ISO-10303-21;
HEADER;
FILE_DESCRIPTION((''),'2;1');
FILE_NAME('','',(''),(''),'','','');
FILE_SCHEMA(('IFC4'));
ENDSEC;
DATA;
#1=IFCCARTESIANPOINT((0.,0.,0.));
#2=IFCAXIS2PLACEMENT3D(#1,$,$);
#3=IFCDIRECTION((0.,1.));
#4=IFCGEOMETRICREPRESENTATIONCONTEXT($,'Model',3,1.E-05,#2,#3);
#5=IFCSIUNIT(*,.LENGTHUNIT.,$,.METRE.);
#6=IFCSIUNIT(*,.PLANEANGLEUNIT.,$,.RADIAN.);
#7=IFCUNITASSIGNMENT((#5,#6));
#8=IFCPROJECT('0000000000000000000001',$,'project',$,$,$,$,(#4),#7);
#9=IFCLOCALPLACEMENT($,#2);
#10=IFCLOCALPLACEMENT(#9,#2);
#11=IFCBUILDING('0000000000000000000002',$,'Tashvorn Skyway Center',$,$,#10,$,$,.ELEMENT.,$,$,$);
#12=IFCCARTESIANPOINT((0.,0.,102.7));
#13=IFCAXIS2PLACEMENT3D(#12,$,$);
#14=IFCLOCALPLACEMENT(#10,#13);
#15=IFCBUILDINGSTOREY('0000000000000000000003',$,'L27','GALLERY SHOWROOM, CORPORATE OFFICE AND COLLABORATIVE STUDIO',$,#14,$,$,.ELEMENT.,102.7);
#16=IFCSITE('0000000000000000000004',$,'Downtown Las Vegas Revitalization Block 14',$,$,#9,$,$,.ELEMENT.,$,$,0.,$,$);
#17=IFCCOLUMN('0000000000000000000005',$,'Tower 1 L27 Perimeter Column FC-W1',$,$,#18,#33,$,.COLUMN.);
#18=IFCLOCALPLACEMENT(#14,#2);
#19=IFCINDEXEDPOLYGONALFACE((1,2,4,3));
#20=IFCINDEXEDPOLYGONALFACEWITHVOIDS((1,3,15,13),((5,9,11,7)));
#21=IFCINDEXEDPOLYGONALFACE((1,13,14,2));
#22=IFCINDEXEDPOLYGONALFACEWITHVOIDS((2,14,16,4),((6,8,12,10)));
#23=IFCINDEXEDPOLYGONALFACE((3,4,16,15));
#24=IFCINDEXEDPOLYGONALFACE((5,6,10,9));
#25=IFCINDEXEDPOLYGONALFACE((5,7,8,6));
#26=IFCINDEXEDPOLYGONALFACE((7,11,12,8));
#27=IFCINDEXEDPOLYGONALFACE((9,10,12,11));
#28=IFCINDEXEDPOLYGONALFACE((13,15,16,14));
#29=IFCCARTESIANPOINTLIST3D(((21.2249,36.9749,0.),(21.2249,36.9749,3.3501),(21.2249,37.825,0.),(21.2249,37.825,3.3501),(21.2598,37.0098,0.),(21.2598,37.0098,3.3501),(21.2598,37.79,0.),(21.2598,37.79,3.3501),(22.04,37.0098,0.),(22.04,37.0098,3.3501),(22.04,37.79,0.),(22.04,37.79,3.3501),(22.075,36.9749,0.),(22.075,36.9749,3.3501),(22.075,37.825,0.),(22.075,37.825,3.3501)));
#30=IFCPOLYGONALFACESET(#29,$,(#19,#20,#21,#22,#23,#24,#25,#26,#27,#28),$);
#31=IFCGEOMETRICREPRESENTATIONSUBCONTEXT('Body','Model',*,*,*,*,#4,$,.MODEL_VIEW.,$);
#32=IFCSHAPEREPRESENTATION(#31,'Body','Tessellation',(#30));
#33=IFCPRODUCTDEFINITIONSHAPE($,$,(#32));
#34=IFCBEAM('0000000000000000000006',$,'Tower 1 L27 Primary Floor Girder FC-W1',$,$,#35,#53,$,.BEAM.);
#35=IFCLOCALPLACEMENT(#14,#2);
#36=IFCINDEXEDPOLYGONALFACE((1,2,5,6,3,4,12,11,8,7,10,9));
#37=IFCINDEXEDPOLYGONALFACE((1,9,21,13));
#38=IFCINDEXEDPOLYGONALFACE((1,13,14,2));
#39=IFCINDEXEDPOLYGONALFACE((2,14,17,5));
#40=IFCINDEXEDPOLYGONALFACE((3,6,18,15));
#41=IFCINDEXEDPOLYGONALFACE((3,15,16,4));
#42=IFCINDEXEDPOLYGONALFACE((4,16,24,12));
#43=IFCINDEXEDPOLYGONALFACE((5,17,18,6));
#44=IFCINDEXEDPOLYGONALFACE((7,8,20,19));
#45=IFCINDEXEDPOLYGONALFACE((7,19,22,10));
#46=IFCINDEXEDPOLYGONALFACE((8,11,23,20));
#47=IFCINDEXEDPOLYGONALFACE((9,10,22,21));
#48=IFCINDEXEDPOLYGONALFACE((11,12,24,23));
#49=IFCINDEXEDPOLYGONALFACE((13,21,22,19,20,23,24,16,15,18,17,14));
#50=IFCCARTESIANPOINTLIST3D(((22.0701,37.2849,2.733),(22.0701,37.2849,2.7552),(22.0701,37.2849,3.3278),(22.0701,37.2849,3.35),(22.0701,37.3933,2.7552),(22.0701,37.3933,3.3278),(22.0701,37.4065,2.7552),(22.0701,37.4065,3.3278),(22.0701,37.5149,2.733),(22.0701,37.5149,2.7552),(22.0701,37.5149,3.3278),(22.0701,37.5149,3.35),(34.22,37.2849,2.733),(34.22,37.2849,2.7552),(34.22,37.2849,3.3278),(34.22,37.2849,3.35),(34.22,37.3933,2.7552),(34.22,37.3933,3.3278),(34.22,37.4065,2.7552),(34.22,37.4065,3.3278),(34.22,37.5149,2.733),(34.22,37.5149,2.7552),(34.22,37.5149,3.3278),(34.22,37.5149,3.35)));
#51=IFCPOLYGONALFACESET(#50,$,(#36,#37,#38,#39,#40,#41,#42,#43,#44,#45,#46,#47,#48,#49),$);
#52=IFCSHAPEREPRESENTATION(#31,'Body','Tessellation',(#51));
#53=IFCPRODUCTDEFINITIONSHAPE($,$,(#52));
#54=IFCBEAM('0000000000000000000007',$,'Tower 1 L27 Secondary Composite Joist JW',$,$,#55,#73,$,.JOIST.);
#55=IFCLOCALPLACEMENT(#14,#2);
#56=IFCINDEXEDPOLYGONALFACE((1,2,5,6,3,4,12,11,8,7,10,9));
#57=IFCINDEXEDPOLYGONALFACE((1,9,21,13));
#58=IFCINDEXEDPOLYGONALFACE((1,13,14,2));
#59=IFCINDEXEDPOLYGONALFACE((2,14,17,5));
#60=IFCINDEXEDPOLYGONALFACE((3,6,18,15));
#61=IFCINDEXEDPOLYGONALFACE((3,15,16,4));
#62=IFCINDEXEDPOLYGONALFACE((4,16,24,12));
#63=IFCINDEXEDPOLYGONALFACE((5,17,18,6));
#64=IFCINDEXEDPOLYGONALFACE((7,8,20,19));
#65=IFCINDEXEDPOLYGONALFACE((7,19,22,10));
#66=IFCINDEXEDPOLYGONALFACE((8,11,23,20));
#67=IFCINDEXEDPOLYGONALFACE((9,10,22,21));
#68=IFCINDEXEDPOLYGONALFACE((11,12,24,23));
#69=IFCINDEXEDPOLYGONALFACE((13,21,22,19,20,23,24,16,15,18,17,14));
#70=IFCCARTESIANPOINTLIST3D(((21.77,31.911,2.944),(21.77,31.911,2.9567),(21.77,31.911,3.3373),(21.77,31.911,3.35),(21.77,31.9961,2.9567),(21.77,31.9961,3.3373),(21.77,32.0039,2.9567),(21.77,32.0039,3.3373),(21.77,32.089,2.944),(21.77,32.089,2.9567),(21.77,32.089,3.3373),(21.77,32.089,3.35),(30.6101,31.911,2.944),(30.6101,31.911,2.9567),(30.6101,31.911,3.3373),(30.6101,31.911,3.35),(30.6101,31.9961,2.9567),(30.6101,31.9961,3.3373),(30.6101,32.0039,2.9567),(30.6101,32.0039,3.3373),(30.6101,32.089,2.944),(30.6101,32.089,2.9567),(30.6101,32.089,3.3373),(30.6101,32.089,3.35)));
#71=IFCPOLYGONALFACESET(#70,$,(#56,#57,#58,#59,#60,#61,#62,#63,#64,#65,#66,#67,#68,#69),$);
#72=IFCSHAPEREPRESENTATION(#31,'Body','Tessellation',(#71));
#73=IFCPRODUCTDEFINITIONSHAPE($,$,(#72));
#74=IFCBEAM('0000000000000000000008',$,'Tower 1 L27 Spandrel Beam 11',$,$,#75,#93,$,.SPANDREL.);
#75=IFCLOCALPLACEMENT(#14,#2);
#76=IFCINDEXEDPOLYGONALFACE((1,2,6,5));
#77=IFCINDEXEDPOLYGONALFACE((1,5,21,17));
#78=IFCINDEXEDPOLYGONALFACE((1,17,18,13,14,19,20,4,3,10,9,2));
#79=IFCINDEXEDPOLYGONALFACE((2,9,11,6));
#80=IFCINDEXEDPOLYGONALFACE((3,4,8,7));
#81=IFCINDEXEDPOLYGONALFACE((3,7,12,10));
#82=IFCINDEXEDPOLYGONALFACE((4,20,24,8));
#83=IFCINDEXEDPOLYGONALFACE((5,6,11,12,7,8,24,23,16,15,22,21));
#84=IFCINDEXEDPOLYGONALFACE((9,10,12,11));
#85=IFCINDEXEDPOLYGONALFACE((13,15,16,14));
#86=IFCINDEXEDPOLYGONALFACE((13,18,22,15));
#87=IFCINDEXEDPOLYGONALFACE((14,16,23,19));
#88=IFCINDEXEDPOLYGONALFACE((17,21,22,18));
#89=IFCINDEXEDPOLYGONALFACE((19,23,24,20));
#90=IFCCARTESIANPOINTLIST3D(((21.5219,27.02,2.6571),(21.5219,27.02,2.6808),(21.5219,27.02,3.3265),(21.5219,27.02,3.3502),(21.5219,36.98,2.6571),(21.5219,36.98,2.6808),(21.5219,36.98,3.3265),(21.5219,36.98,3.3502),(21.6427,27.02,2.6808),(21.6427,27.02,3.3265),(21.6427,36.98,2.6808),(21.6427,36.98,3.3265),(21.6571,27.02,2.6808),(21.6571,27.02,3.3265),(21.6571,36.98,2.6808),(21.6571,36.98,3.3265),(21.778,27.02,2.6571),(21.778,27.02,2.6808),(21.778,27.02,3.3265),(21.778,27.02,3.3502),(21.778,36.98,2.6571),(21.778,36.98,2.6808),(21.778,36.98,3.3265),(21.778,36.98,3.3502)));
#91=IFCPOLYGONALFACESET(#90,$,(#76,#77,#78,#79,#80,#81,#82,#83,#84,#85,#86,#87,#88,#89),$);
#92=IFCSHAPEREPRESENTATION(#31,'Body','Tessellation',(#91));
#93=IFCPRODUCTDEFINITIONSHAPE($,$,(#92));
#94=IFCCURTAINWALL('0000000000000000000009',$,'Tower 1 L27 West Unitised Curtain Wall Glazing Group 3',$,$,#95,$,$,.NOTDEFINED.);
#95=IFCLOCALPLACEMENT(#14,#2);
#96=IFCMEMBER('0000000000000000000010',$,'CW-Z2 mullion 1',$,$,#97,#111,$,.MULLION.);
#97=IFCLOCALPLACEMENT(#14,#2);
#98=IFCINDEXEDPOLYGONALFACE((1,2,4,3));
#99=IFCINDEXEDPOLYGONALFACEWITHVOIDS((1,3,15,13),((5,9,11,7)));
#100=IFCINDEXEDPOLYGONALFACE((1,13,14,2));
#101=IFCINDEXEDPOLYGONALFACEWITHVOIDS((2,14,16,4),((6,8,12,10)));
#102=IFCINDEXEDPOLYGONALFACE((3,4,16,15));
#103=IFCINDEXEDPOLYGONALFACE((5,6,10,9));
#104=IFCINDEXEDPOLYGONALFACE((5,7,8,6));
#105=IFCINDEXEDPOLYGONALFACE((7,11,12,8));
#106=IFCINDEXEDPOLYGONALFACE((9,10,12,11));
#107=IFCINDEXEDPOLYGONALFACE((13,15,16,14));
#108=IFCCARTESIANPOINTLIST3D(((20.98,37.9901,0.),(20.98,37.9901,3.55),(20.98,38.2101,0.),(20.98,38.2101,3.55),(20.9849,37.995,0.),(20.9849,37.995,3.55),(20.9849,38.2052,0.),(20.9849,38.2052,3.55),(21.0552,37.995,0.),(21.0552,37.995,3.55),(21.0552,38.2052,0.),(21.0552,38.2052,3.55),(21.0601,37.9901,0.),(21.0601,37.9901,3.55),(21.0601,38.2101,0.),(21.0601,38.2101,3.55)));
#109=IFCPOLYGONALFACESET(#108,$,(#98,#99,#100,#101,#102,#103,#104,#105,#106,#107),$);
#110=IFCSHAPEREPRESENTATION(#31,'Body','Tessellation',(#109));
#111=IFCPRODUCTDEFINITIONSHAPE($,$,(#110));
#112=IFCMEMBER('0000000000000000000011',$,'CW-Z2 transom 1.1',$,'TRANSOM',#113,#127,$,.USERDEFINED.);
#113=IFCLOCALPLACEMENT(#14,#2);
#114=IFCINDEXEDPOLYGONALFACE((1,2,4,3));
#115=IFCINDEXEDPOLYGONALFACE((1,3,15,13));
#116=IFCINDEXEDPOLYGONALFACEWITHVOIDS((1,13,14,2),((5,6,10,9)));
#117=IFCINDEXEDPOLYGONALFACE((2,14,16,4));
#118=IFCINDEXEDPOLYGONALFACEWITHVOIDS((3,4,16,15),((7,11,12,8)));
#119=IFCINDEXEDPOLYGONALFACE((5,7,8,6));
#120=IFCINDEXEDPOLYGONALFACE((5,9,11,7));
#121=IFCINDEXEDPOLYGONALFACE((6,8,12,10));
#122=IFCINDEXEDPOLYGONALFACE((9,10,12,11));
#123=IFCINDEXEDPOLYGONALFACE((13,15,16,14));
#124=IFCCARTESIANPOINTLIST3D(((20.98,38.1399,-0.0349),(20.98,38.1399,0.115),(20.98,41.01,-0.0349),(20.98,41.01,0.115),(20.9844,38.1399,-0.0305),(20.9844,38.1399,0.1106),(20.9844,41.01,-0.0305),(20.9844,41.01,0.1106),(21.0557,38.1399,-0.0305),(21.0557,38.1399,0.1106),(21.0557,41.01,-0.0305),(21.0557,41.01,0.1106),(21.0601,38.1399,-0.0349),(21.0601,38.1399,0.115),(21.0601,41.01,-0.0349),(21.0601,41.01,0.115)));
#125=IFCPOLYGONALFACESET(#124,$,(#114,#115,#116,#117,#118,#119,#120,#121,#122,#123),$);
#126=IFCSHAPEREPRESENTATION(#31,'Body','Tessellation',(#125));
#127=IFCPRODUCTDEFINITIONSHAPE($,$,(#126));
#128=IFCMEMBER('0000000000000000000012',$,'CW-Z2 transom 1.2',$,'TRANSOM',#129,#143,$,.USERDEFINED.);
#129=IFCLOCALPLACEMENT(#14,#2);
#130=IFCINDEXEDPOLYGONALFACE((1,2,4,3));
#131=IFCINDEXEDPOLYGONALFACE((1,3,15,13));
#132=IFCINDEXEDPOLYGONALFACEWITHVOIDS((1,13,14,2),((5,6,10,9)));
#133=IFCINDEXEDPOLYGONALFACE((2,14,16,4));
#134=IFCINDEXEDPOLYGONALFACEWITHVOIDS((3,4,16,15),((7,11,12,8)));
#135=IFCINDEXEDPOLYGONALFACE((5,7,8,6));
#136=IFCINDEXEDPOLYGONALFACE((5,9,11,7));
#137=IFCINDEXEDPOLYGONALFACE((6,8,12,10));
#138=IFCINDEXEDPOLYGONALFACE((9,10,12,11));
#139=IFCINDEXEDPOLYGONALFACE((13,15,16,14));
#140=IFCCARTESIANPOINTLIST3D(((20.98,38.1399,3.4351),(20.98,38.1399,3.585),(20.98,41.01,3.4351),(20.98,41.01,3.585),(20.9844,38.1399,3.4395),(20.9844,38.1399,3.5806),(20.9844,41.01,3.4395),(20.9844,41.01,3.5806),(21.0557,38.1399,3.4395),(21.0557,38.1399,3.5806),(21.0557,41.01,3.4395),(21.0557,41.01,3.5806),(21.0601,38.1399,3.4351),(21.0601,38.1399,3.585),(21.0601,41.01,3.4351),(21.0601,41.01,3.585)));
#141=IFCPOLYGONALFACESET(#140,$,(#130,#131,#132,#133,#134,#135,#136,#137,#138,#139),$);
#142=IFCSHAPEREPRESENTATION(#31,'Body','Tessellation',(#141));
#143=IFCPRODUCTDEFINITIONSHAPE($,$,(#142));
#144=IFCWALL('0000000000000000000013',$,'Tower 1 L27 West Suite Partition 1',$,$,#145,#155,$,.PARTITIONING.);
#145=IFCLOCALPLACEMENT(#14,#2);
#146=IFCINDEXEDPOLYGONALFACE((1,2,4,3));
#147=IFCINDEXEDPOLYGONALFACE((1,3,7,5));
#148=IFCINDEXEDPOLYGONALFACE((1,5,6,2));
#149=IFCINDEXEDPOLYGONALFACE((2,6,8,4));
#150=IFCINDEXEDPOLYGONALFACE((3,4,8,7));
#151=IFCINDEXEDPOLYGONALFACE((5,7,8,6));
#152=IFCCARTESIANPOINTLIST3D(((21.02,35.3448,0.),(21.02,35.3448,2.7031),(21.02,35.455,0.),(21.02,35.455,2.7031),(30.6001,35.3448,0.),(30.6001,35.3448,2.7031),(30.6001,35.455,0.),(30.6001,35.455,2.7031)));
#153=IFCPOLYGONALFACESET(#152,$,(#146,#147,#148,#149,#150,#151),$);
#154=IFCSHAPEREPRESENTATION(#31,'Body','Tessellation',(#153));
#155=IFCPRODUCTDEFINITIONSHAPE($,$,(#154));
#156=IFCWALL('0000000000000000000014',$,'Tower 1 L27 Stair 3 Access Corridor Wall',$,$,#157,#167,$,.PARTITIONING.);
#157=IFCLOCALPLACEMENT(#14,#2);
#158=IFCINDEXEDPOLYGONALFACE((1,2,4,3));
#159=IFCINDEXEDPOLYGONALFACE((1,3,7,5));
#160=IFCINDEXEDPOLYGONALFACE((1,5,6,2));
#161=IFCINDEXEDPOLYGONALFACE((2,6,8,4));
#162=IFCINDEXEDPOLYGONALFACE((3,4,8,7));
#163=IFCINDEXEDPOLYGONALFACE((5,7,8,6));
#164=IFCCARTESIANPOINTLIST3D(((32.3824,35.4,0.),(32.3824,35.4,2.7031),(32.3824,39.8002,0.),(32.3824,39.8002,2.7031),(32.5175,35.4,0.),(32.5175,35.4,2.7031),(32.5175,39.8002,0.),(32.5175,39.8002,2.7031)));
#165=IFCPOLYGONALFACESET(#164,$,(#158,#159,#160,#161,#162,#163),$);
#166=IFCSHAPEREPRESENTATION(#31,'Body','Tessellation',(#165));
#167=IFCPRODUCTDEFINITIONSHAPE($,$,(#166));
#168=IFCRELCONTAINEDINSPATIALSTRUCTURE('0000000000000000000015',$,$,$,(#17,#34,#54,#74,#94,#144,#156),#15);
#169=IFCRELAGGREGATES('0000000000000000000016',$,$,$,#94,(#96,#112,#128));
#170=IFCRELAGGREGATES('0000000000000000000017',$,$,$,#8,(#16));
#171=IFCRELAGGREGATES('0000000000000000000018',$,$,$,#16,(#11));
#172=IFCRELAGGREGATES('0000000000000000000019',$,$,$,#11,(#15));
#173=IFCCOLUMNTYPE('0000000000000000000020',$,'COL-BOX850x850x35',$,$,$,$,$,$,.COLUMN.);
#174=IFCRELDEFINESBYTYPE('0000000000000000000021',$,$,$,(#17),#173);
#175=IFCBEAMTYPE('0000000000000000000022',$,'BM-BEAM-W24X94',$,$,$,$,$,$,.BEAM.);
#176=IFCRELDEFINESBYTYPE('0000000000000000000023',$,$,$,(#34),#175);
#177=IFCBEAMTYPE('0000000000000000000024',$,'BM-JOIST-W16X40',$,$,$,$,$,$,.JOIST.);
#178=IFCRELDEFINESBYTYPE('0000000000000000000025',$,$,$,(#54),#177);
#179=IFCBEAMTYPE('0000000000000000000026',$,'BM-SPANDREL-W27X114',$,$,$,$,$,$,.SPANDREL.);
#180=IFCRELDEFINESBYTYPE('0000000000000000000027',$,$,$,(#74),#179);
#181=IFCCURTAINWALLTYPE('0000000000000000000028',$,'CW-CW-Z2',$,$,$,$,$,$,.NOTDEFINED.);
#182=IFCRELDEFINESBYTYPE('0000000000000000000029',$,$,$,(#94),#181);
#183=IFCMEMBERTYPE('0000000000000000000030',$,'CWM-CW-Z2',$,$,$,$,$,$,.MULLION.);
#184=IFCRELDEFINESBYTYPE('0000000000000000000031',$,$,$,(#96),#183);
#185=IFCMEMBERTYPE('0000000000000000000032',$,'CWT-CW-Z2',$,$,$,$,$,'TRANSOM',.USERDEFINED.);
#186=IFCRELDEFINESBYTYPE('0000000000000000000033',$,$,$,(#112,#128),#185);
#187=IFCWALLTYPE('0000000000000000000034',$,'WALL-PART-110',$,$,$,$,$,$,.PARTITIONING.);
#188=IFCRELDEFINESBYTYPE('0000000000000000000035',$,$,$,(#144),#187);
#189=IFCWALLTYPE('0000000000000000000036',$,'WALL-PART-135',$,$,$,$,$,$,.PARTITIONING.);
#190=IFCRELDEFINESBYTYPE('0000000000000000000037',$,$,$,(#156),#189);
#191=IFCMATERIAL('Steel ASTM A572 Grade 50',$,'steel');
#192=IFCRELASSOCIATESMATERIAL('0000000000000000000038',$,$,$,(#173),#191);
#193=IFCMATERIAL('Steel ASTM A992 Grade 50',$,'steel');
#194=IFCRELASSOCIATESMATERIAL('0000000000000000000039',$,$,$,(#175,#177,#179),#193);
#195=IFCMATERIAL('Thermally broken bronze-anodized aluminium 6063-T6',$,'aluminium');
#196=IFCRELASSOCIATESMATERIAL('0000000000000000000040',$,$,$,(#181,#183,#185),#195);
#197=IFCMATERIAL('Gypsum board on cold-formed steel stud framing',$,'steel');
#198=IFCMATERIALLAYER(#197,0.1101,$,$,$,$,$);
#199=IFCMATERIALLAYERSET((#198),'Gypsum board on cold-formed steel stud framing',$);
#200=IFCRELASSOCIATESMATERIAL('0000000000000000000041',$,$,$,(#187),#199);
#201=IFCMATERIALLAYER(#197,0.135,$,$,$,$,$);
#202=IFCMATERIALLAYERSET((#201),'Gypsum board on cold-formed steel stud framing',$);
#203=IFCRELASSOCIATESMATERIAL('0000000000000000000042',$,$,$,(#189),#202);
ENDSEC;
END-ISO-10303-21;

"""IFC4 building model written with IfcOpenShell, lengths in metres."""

from ifc_helpers import new_model, si_unit, direction, frame, frame_2d, origin, origin_2d, place, context, subcontext, project, spatial, rectangle, hollow_rectangle, i_section, extrude, material, layer, layer_set, material_profile, profile_set, type_object, element, aggregate, save


model = new_model("IFC4")

# Units and contexts
model_context = context("Model", 3, precision=1e-05, world=origin(), true_north=direction((0.0, 1.0)))
body_context = subcontext(model_context, "Body", "Model", "MODEL_VIEW")
ifc_project = project(units=[si_unit("LENGTHUNIT", "METRE"), si_unit("PLANEANGLEUNIT", "RADIAN")], contexts=[model_context])

# Site, building, storey
site_placement = place(None, origin())
site = spatial("IfcSite", under=ifc_project, at=site_placement, Name="Downtown Las Vegas Revitalization Block 14", CompositionType="ELEMENT", RefElevation=0.0)
building_placement = place(site_placement, origin())
building = spatial("IfcBuilding", under=site, at=building_placement, Name="Tashvorn Skyway Center", CompositionType="ELEMENT")
storey_placement = place(building_placement, frame((0.0, 0.0, 102.7)))
storey = spatial("IfcBuildingStorey", under=building, at=storey_placement, Name="L27", Description="GALLERY SHOWROOM, CORPORATE OFFICE AND COLLABORATIVE STUDIO", CompositionType="ELEMENT", Elevation=102.7)

# Column
ifc_material_1 = material(Name="Steel ASTM A572 Grade 50", Category="steel")
ifc_material_profile_1 = material_profile(ifc_material_1, hollow_rectangle(XDim=0.8501, YDim=0.8501, WallThickness=0.0349, at=origin_2d()), Name="BOX850x850x35")
ifc_profile_set_1 = profile_set([ifc_material_profile_1], Name="Steel ASTM A572 Grade 50")
column_type = type_object("IfcColumnType", Name="COL-BOX850x850x35", PredefinedType="COLUMN", material=ifc_profile_set_1)
column_placement = place(storey_placement, frame((21.6499, 37.3999, 0.0), z_axis=(0.0, 0.0, 1.0), x_axis=(1.0, 0.0, 0.0)))
element("IfcColumn", 1, at=column_placement, inside=storey, type_object=column_type, Name="Tower 1 L27 Perimeter Column FC-W1", PredefinedType="COLUMN", context=body_context, shape_type="SweptSolid", body=[
    extrude(hollow_rectangle(XDim=0.8501, YDim=0.8501, WallThickness=0.0349, at=origin_2d()), origin(), (0.0, 0.0, 1.0), 3.3501),
])

# Beams
ifc_material_2 = material(Name="Steel ASTM A992 Grade 50", Category="steel")
ifc_material_profile_2 = material_profile(ifc_material_2, i_section(OverallWidth=0.23, OverallDepth=0.6169, WebThickness=0.0132, FlangeThickness=0.0222, at=origin_2d()), Name="W24X94")
ifc_profile_set_2 = profile_set([ifc_material_profile_2], Name="Steel ASTM A992 Grade 50")
beam_type_1 = type_object("IfcBeamType", Name="BM-BEAM-W24X94", PredefinedType="BEAM", material=ifc_profile_set_2)
beam_1_placement = place(storey_placement, frame((22.0701, 37.3999, 3.0415), z_axis=(1.0, 0.0, 0.0), x_axis=(0.0, 1.0, 0.0)))
element("IfcBeam", 2, at=beam_1_placement, inside=storey, type_object=beam_type_1, Name="Tower 1 L27 Primary Floor Girder FC-W1", PredefinedType="BEAM", context=body_context, shape_type="SweptSolid", body=[
    extrude(i_section(OverallWidth=0.23, OverallDepth=0.6169, WebThickness=0.0132, FlangeThickness=0.0222, at=origin_2d()), origin(), (0.0, 0.0, 1.0), 12.1499),
])
ifc_material_profile_3 = material_profile(ifc_material_2, i_section(OverallWidth=0.178, OverallDepth=0.406, WebThickness=0.0078, FlangeThickness=0.0127, at=origin_2d()), Name="W16X40")
ifc_profile_set_3 = profile_set([ifc_material_profile_3], Name="Steel ASTM A992 Grade 50")
beam_type_2 = type_object("IfcBeamType", Name="BM-JOIST-W16X40", PredefinedType="JOIST", material=ifc_profile_set_3)
beam_2_placement = place(storey_placement, frame((30.6101, 32.0, 3.147), z_axis=(-1.0, 0.0, 0.0), x_axis=(0.0, -1.0, 0.0)))
element("IfcBeam", 3, at=beam_2_placement, inside=storey, type_object=beam_type_2, Name="Tower 1 L27 Secondary Composite Joist JW", PredefinedType="JOIST", context=body_context, shape_type="SweptSolid", body=[
    extrude(i_section(OverallWidth=0.178, OverallDepth=0.406, WebThickness=0.0078, FlangeThickness=0.0127, at=origin_2d()), origin(), (0.0, 0.0, 1.0), 8.8401),
])
ifc_material_profile_4 = material_profile(ifc_material_2, i_section(OverallWidth=0.2561, OverallDepth=0.6931, WebThickness=0.0144, FlangeThickness=0.0237, at=origin_2d()), Name="W27X114")
ifc_profile_set_4 = profile_set([ifc_material_profile_4], Name="Steel ASTM A992 Grade 50")
beam_type_3 = type_object("IfcBeamType", Name="BM-SPANDREL-W27X114", PredefinedType="SPANDREL", material=ifc_profile_set_4)
beam_3_placement = place(storey_placement, frame((21.6499, 36.98, 3.0037), z_axis=(0.0, -1.0, 0.0), x_axis=(1.0, 0.0, 0.0)))
element("IfcBeam", 4, at=beam_3_placement, inside=storey, type_object=beam_type_3, Name="Tower 1 L27 Spandrel Beam 11", PredefinedType="SPANDREL", context=body_context, shape_type="SweptSolid", body=[
    extrude(i_section(OverallWidth=0.2561, OverallDepth=0.6931, WebThickness=0.0144, FlangeThickness=0.0237, at=origin_2d()), origin(), (0.0, 0.0, 1.0), 9.96),
])

# Curtain wall, members
ifc_material_3 = material(Name="Thermally broken bronze-anodized aluminium 6063-T6", Category="aluminium")
curtain_wall_type = type_object("IfcCurtainWallType", Name="CW-CW-Z2", PredefinedType="NOTDEFINED", material=ifc_material_3)
curtain_wall_placement = place(storey_placement, origin())
curtain_wall = element("IfcCurtainWall", 5, at=curtain_wall_placement, inside=storey, type_object=curtain_wall_type, Name="Tower 1 L27 West Unitised Curtain Wall Glazing Group 3", PredefinedType="NOTDEFINED")
ifc_material_profile_5 = material_profile(ifc_material_3, hollow_rectangle(XDim=0.0801, YDim=0.22, WallThickness=0.0049, at=origin_2d()), Name="ALU-MULL-80x220")
ifc_profile_set_5 = profile_set([ifc_material_profile_5], Name="Thermally broken bronze-anodized aluminium 6063-T6")
member_type_1 = type_object("IfcMemberType", Name="CWM-CW-Z2", PredefinedType="MULLION", material=ifc_profile_set_5)
member_1_placement = place(storey_placement, frame((21.02, 38.1001, 0.0), z_axis=(0.0, 0.0, 1.0), x_axis=(-1.0, 0.0, 0.0)))
member_1 = element("IfcMember", 6, at=member_1_placement, type_object=member_type_1, Name="CW-Z2 mullion 1", PredefinedType="MULLION", context=body_context, shape_type="SweptSolid", body=[
    extrude(hollow_rectangle(XDim=0.0801, YDim=0.22, WallThickness=0.0049, at=origin_2d()), origin(), (0.0, 0.0, 1.0), 3.55),
])
ifc_material_profile_6 = material_profile(ifc_material_3, hollow_rectangle(XDim=0.0801, YDim=0.1499, WallThickness=0.0044, at=origin_2d()), Name="ALU-TRAN-80x150")
ifc_profile_set_6 = profile_set([ifc_material_profile_6], Name="Thermally broken bronze-anodized aluminium 6063-T6")
member_type_2 = type_object("IfcMemberType", Name="CWT-CW-Z2", ElementType="TRANSOM", PredefinedType="USERDEFINED", material=ifc_profile_set_6)
member_2_placement = place(storey_placement, frame((21.02, 38.1399, 0.04), z_axis=(0.0, 1.0, 0.0), x_axis=(-1.0, 0.0, 0.0)))
member_2 = element("IfcMember", 7, at=member_2_placement, type_object=member_type_2, Name="CW-Z2 transom 1.1", ObjectType="TRANSOM", PredefinedType="USERDEFINED", context=body_context, shape_type="SweptSolid", body=[
    extrude(hollow_rectangle(XDim=0.0801, YDim=0.1499, WallThickness=0.0044, at=origin_2d()), origin(), (0.0, 0.0, 1.0), 2.8701),
])
member_3_placement = place(storey_placement, frame((21.02, 38.1399, 3.51), z_axis=(0.0, 1.0, 0.0), x_axis=(-1.0, 0.0, 0.0)))
member_3 = element("IfcMember", 8, at=member_3_placement, type_object=member_type_2, Name="CW-Z2 transom 1.2", ObjectType="TRANSOM", PredefinedType="USERDEFINED", context=body_context, shape_type="SweptSolid", body=[
    extrude(hollow_rectangle(XDim=0.0801, YDim=0.1499, WallThickness=0.0044, at=origin_2d()), origin(), (0.0, 0.0, 1.0), 2.8701),
])
aggregate(curtain_wall, [member_1, member_2, member_3])

# Walls
ifc_material_4 = material(Name="Gypsum board on cold-formed steel stud framing", Category="steel")
ifc_layer_1 = layer(ifc_material_4, 0.1101)
ifc_layer_set_1 = layer_set([ifc_layer_1], Name="Gypsum board on cold-formed steel stud framing")
wall_type_1 = type_object("IfcWallType", Name="WALL-PART-110", PredefinedType="PARTITIONING", material=ifc_layer_set_1)
wall_1_placement = place(storey_placement, frame((30.6001, 35.3999, 0.0), z_axis=(0.0, 0.0, 1.0), x_axis=(-1.0, 0.0, 0.0)))
element("IfcWall", 9, at=wall_1_placement, inside=storey, type_object=wall_type_1, Name="Tower 1 L27 West Suite Partition 1", PredefinedType="PARTITIONING", context=body_context, shape_type="SweptSolid", body=[
    extrude(rectangle(XDim=9.5801, YDim=0.1101, at=frame_2d((4.79, 0.0))), origin(), (0.0, 0.0, 1.0), 2.7031),
])
ifc_layer_2 = layer(ifc_material_4, 0.135)
ifc_layer_set_2 = layer_set([ifc_layer_2], Name="Gypsum board on cold-formed steel stud framing")
wall_type_2 = type_object("IfcWallType", Name="WALL-PART-135", PredefinedType="PARTITIONING", material=ifc_layer_set_2)
wall_2_placement = place(storey_placement, frame((32.45, 35.3999, 0.0), z_axis=(0.0, 0.0, 1.0), x_axis=(0.0, 1.0, 0.0)))
element("IfcWall", 10, at=wall_2_placement, inside=storey, type_object=wall_type_2, Name="Tower 1 L27 Stair 3 Access Corridor Wall", PredefinedType="PARTITIONING", context=body_context, shape_type="SweptSolid", body=[
    extrude(rectangle(XDim=4.4001, YDim=0.135, at=frame_2d((2.2002, 0.0))), origin(), (0.0, 0.0, 1.0), 2.7031),
])

save(model, "model.ifc")
